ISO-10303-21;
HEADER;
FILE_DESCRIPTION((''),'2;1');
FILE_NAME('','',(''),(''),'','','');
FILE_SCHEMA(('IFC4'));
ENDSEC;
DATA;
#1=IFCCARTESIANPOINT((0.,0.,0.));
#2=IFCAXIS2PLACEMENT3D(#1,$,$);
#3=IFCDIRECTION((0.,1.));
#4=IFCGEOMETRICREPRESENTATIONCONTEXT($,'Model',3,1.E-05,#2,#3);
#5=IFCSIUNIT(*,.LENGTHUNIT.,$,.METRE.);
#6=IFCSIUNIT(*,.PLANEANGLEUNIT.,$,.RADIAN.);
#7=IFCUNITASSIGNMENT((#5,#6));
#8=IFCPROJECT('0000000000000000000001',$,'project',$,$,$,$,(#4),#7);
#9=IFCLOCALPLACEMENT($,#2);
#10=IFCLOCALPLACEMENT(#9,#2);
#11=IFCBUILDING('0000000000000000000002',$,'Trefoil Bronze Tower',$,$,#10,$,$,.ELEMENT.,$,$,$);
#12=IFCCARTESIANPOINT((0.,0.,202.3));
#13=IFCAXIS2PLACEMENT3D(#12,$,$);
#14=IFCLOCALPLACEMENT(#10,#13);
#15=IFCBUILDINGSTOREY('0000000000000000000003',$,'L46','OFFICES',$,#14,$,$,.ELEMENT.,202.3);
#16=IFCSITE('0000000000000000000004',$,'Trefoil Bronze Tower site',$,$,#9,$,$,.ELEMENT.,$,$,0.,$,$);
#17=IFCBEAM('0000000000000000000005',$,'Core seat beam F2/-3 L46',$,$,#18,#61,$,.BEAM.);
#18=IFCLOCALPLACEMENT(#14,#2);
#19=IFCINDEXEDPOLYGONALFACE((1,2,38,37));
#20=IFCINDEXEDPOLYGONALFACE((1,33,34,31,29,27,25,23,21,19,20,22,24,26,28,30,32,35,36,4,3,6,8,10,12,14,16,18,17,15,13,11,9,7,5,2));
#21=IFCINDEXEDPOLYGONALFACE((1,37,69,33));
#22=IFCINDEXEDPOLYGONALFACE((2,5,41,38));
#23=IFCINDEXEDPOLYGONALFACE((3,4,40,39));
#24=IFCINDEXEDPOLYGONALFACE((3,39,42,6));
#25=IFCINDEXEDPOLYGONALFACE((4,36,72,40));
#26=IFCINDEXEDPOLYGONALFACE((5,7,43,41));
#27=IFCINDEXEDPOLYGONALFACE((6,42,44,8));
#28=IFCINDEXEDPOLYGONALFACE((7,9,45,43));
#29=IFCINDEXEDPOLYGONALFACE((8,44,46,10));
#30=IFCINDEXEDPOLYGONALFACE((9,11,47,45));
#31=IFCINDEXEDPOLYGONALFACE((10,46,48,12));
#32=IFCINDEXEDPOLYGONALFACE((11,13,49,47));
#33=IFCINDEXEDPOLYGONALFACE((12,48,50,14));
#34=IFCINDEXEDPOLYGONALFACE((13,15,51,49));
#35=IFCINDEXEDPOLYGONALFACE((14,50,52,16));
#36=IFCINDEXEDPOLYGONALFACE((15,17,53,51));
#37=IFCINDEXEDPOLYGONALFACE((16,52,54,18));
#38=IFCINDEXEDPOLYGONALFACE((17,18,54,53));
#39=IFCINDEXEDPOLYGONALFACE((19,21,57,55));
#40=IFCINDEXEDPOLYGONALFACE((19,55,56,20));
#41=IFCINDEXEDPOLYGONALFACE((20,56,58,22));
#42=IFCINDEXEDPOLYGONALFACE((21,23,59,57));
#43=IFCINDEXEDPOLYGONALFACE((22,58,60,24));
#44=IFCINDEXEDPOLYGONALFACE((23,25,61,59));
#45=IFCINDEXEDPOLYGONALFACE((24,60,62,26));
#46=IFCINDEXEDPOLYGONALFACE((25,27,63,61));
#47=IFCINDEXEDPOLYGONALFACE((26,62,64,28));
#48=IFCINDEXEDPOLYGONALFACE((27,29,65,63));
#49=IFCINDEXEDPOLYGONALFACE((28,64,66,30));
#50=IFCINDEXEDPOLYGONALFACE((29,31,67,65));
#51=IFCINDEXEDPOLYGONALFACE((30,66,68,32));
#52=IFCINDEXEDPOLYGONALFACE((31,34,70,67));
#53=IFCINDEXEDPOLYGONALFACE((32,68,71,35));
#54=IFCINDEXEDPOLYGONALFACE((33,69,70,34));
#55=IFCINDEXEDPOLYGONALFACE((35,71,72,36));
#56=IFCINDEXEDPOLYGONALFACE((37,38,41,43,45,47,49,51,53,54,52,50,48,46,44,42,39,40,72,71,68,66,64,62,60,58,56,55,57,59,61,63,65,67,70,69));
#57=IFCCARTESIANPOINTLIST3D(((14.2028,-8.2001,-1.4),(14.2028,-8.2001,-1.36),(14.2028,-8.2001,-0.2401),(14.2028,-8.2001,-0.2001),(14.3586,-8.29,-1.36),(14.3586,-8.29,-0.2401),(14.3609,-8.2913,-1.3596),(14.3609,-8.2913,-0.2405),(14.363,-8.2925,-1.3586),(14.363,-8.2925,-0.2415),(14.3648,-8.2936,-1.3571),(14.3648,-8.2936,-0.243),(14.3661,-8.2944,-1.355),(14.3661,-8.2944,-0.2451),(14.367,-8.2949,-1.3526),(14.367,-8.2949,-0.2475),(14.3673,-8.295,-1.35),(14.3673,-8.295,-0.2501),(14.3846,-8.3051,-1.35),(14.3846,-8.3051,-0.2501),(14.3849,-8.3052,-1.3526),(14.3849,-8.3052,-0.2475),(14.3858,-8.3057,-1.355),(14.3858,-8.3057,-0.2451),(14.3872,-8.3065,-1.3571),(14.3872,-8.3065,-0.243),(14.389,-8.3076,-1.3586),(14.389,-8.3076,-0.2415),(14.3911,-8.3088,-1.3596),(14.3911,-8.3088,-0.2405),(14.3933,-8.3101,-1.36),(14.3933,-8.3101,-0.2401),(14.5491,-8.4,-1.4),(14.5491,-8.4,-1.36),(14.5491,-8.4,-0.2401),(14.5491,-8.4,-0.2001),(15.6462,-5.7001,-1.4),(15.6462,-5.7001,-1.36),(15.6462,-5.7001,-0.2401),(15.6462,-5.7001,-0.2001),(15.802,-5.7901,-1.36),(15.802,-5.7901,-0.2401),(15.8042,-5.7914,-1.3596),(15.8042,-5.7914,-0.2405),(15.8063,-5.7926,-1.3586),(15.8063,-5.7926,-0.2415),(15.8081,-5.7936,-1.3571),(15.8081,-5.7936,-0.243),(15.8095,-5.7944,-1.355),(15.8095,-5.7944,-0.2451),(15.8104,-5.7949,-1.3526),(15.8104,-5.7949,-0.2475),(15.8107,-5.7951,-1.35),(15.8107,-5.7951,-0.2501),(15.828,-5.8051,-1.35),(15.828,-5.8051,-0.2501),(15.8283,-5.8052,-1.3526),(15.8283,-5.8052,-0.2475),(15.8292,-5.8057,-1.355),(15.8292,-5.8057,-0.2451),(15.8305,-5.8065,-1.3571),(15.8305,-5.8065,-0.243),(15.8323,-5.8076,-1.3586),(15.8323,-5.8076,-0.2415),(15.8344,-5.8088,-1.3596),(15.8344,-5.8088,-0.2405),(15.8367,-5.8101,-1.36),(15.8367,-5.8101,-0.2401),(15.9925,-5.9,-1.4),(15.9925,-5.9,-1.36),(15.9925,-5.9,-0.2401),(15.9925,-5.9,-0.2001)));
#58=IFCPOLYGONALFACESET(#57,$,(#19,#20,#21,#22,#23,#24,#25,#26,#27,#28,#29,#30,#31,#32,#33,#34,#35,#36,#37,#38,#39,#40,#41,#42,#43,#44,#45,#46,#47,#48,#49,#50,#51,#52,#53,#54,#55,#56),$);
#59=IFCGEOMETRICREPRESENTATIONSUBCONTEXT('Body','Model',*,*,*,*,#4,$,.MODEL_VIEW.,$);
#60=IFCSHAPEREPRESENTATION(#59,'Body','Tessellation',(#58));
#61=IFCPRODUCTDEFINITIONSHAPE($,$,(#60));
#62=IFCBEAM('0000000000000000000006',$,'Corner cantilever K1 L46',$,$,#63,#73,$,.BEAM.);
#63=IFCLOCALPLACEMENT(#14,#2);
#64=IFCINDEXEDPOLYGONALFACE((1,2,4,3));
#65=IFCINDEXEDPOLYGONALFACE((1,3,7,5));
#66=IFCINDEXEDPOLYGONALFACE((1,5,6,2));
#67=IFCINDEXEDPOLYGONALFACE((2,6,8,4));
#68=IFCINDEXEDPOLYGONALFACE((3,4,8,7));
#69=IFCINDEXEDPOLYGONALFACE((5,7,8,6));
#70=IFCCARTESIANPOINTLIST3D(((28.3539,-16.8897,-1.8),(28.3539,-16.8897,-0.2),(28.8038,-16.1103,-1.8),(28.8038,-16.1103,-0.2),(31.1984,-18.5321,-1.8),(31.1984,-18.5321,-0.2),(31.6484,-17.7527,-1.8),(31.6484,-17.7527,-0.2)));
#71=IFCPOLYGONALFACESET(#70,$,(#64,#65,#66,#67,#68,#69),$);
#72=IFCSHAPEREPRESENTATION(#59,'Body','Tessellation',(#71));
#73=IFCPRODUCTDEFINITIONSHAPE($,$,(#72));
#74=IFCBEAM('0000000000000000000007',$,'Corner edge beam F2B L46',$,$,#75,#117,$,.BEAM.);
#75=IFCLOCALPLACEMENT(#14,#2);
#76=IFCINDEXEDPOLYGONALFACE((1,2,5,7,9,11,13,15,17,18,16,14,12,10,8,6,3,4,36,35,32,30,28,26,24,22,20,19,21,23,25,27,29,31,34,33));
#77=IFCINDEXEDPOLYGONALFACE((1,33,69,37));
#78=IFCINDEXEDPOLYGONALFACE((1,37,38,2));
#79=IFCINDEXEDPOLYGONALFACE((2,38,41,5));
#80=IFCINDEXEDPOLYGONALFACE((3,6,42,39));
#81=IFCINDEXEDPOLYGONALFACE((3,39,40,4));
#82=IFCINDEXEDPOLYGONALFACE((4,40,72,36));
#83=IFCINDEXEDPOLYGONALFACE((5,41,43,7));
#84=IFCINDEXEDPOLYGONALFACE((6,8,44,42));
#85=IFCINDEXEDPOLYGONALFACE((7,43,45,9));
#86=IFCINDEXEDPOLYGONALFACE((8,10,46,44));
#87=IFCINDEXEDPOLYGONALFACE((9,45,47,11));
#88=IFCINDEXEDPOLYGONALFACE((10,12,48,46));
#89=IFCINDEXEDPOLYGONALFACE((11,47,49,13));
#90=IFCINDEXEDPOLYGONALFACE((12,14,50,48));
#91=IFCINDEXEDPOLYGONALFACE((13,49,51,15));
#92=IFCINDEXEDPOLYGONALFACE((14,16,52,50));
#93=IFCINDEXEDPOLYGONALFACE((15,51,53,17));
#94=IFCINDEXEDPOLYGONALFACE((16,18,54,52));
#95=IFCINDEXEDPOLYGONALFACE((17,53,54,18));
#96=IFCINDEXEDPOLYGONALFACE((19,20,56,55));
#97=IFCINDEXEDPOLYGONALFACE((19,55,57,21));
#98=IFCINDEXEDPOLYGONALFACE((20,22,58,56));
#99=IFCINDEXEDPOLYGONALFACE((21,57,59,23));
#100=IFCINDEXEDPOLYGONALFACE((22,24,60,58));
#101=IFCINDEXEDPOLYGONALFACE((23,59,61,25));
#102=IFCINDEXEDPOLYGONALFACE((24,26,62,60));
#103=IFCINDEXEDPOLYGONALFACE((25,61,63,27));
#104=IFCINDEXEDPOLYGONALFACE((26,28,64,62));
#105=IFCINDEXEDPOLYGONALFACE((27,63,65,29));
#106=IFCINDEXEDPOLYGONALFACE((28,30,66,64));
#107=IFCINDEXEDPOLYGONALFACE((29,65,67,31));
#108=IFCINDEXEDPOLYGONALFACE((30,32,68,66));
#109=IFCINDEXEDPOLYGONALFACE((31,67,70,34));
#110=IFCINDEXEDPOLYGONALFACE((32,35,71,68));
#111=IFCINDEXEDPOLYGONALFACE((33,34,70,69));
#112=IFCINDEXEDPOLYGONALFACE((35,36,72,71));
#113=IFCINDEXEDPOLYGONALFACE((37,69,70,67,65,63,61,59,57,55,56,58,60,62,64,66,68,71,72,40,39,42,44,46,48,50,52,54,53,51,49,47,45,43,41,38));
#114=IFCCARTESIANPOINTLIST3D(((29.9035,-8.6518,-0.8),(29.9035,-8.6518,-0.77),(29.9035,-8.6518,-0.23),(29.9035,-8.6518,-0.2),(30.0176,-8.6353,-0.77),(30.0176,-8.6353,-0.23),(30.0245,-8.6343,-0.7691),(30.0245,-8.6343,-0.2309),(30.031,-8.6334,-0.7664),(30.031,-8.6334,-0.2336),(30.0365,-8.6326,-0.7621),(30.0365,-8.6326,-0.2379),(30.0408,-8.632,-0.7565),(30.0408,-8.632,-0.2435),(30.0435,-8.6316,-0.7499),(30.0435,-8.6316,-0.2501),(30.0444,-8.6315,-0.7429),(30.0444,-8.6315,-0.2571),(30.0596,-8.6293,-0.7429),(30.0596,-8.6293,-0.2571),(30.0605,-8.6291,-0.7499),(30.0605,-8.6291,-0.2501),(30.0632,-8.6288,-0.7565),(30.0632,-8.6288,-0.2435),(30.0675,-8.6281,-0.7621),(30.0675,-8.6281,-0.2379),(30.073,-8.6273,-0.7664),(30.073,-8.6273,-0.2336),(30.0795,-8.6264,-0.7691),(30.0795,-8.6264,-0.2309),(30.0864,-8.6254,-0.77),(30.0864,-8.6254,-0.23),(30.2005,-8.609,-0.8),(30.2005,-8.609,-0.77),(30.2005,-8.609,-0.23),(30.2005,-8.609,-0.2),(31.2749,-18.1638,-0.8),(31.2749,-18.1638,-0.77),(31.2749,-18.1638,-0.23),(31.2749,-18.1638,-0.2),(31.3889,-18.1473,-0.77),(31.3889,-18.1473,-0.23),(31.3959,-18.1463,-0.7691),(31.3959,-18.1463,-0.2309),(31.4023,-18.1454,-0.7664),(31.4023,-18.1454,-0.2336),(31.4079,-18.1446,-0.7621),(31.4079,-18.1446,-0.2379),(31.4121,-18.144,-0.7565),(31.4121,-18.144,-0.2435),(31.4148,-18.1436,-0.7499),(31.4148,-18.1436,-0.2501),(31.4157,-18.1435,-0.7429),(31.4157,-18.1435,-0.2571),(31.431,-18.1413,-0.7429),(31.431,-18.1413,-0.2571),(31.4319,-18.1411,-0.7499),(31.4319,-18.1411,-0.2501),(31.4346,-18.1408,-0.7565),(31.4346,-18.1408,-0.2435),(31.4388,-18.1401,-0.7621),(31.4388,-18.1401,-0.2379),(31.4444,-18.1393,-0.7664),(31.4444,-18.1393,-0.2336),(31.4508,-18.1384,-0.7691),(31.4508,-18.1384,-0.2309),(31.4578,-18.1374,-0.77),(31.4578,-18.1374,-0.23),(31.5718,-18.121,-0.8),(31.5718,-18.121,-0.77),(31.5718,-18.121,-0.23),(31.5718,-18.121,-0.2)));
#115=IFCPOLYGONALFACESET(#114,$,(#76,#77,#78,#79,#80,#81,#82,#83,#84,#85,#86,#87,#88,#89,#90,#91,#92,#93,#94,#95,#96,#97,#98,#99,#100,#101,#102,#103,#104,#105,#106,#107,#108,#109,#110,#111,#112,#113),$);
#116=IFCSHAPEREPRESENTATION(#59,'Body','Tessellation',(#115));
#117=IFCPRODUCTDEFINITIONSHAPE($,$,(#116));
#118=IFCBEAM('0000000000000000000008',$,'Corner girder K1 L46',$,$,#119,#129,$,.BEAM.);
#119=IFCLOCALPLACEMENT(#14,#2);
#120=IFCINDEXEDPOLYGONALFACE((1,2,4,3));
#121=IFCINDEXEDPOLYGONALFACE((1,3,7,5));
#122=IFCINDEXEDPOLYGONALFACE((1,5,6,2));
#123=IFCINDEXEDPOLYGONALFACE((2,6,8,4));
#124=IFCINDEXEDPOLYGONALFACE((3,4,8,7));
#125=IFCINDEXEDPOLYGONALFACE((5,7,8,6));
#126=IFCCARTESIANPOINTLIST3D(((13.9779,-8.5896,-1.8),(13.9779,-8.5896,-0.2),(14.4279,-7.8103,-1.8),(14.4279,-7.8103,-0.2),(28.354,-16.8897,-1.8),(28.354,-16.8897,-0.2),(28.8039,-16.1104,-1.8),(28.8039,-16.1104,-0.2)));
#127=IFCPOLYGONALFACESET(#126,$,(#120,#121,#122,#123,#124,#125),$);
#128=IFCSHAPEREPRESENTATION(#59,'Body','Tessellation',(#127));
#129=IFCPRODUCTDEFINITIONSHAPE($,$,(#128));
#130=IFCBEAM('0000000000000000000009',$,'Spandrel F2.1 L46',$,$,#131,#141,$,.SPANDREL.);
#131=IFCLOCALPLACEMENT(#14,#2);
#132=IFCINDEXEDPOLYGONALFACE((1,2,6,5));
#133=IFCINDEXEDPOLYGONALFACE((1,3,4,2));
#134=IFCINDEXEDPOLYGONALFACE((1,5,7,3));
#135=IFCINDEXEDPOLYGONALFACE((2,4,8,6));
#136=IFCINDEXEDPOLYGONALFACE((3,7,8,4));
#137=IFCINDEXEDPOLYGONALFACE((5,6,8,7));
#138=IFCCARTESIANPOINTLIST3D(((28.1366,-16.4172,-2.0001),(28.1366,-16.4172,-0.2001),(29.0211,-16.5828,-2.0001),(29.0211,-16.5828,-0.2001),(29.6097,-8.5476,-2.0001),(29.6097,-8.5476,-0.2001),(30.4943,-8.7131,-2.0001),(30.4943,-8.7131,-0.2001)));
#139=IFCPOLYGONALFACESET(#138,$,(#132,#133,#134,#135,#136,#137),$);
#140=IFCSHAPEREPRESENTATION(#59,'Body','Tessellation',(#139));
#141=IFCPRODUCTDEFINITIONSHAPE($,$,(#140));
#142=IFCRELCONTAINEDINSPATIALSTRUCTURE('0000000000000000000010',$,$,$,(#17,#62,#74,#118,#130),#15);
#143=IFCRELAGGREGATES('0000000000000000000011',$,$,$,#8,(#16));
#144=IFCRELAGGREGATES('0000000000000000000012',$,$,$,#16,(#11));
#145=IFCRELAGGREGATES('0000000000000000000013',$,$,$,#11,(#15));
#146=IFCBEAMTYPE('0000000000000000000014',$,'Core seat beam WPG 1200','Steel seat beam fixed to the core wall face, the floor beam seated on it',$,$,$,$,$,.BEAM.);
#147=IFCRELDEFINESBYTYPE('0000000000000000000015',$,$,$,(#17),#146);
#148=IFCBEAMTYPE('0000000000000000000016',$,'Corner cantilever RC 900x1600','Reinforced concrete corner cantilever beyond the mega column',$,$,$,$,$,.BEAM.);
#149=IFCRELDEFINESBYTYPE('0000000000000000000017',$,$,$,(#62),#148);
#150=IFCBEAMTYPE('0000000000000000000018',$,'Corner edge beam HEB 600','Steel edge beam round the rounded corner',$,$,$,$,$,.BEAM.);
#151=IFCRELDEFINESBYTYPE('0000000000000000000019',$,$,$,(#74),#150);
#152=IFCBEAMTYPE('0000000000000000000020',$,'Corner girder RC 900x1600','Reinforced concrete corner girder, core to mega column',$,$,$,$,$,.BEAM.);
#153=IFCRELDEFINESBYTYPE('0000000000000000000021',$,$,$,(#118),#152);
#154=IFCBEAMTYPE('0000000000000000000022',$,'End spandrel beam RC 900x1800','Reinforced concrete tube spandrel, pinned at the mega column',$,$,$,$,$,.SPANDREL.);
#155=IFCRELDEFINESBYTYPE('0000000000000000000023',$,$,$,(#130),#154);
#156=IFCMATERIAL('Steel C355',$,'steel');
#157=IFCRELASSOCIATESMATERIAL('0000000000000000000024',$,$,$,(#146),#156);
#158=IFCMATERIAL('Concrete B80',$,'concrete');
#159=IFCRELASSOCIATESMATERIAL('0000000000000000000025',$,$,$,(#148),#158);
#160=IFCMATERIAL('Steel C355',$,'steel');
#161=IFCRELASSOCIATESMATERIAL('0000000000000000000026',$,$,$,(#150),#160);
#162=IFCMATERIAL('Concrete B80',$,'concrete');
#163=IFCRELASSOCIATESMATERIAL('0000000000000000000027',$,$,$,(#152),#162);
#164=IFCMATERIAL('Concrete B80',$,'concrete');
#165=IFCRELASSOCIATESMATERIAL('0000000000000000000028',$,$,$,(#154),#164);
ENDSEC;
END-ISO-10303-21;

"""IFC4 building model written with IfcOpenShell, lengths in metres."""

from ifc_helpers import new_model, si_unit, direction, frame, origin, origin_2d, place, context, subcontext, project, spatial, rectangle, i_section, extrude, material, material_profile, profile_set, type_object, element, save


model = new_model("IFC4")

# Units and contexts
model_context = context("Model", 3, precision=1e-05, world=origin(), true_north=direction((0.0, 1.0)))
body_context = subcontext(model_context, "Body", "Model", "MODEL_VIEW")
ifc_project = project(units=[si_unit("LENGTHUNIT", "METRE"), si_unit("PLANEANGLEUNIT", "RADIAN")], contexts=[model_context])

# Site, building, storey
site_placement = place(None, origin())
site = spatial("IfcSite", under=ifc_project, at=site_placement, Name="Trefoil Bronze Tower site", CompositionType="ELEMENT", RefElevation=0.0)
building_placement = place(site_placement, origin())
building = spatial("IfcBuilding", under=site, at=building_placement, Name="Trefoil Bronze Tower", CompositionType="ELEMENT")
storey_placement = place(building_placement, frame((0.0, 0.0, 202.3)))
storey = spatial("IfcBuildingStorey", under=building, at=storey_placement, Name="L46", Description="OFFICES", CompositionType="ELEMENT", Elevation=202.3)

# Beams
ifc_material_1 = material(Name="Steel C355", Category="steel")
ifc_material_profile_1 = material_profile(ifc_material_1, i_section(OverallWidth=0.3999, OverallDepth=1.2, WebThickness=0.02, FlangeThickness=0.04, FilletRadius=0.01, at=origin_2d()), Name="WPG 1200")
ifc_profile_set_1 = profile_set([ifc_material_profile_1], Name="Steel C355")
beam_type_1 = type_object("IfcBeamType", Name="Core seat beam WPG 1200", Description="Steel seat beam fixed to the core wall face, the floor beam seated on it", PredefinedType="BEAM", material=ifc_profile_set_1)
beam_1_placement = place(storey_placement, frame((14.376, -8.3, -0.8), z_axis=(0.499996, 0.866028, 0.0), x_axis=(-0.866028, 0.499996, 0.0)))
element("IfcBeam", 1, at=beam_1_placement, inside=storey, type_object=beam_type_1, Name="Core seat beam F2/-3 L46", PredefinedType="BEAM", context=body_context, shape_type="SweptSolid", body=[
    extrude(i_section(OverallWidth=0.3999, OverallDepth=1.2, WebThickness=0.02, FlangeThickness=0.04, FilletRadius=0.01, at=origin_2d()), origin(), (0.0, 0.0, 1.0), 2.8867),
])
ifc_material_2 = material(Name="Concrete B80", Category="concrete")
ifc_material_profile_2 = material_profile(ifc_material_2, rectangle(XDim=0.8999, YDim=1.6001, at=origin_2d()), Name="RC 900x1600")
ifc_profile_set_2 = profile_set([ifc_material_profile_2], Name="Concrete B80")
beam_type_2 = type_object("IfcBeamType", Name="Corner cantilever RC 900x1600", Description="Reinforced concrete corner cantilever beyond the mega column", PredefinedType="BEAM", material=ifc_profile_set_2)
beam_2_placement = place(storey_placement, frame((28.5789, -16.5, -1.0), z_axis=(0.866016, -0.500016, 0.0), x_axis=(0.500016, 0.866016, 0.0)))
element("IfcBeam", 2, at=beam_2_placement, inside=storey, type_object=beam_type_2, Name="Corner cantilever K1 L46", PredefinedType="BEAM", context=body_context, shape_type="SweptSolid", body=[
    extrude(rectangle(XDim=0.8999, YDim=1.6001, at=origin_2d()), origin(), (0.0, 0.0, 1.0), 3.2847),
])
ifc_material_3 = material(Name="Steel C355", Category="steel")
ifc_material_profile_3 = material_profile(ifc_material_3, i_section(OverallWidth=0.3, OverallDepth=0.6001, WebThickness=0.0154, FlangeThickness=0.03, FilletRadius=0.0271, at=origin_2d()), Name="HEB 600")
ifc_profile_set_3 = profile_set([ifc_material_profile_3], Name="Steel C355")
beam_type_3 = type_object("IfcBeamType", Name="Corner edge beam HEB 600", Description="Steel edge beam round the rounded corner", PredefinedType="BEAM", material=ifc_profile_set_3)
beam_3_placement = place(storey_placement, frame((30.052, -8.6304, -0.5), z_axis=(0.142694, -0.989767, 0.0), x_axis=(0.989767, 0.142694, 0.0)))
element("IfcBeam", 3, at=beam_3_placement, inside=storey, type_object=beam_type_3, Name="Corner edge beam F2B L46", PredefinedType="BEAM", context=body_context, shape_type="SweptSolid", body=[
    extrude(i_section(OverallWidth=0.3, OverallDepth=0.6001, WebThickness=0.0154, FlangeThickness=0.03, FilletRadius=0.0271, at=origin_2d()), origin(), (0.0, 0.0, 1.0), 9.6104),
])
ifc_material_4 = material(Name="Concrete B80", Category="concrete")
ifc_material_profile_4 = material_profile(ifc_material_4, rectangle(XDim=0.8999, YDim=1.6001, at=origin_2d()), Name="RC 900x1600")
ifc_profile_set_4 = profile_set([ifc_material_profile_4], Name="Concrete B80")
beam_type_4 = type_object("IfcBeamType", Name="Corner girder RC 900x1600", Description="Reinforced concrete corner girder, core to mega column", PredefinedType="BEAM", material=ifc_profile_set_4)
beam_4_placement = place(storey_placement, frame((14.2029, -8.2, -1.0), z_axis=(0.866023, -0.500003, 0.0), x_axis=(0.500003, 0.866023, 0.0)))
element("IfcBeam", 4, at=beam_4_placement, inside=storey, type_object=beam_type_4, Name="Corner girder K1 L46", PredefinedType="BEAM", context=body_context, shape_type="SweptSolid", body=[
    extrude(rectangle(XDim=0.8999, YDim=1.6001, at=origin_2d()), origin(), (0.0, 0.0, 1.0), 16.6001),
])
ifc_material_5 = material(Name="Concrete B80", Category="concrete")
ifc_material_profile_5 = material_profile(ifc_material_5, rectangle(XDim=0.8999, YDim=1.8, at=origin_2d()), Name="RC 900x1800")
ifc_profile_set_5 = profile_set([ifc_material_profile_5], Name="Concrete B80")
beam_type_5 = type_object("IfcBeamType", Name="End spandrel beam RC 900x1800", Description="Reinforced concrete tube spandrel, pinned at the mega column", PredefinedType="SPANDREL", material=ifc_profile_set_5)
beam_5_placement = place(storey_placement, frame((28.5789, -16.5, -1.1001), z_axis=(0.183998, 0.982927, 0.0), x_axis=(-0.982927, 0.183998, 0.0)))
element("IfcBeam", 5, at=beam_5_placement, inside=storey, type_object=beam_type_5, Name="Spandrel F2.1 L46", PredefinedType="SPANDREL", context=body_context, shape_type="SweptSolid", body=[
    extrude(rectangle(XDim=0.8999, YDim=1.8, at=origin_2d()), origin(), (0.0, 0.0, 1.0), 8.0063),
])

save(model, "model.ifc")
